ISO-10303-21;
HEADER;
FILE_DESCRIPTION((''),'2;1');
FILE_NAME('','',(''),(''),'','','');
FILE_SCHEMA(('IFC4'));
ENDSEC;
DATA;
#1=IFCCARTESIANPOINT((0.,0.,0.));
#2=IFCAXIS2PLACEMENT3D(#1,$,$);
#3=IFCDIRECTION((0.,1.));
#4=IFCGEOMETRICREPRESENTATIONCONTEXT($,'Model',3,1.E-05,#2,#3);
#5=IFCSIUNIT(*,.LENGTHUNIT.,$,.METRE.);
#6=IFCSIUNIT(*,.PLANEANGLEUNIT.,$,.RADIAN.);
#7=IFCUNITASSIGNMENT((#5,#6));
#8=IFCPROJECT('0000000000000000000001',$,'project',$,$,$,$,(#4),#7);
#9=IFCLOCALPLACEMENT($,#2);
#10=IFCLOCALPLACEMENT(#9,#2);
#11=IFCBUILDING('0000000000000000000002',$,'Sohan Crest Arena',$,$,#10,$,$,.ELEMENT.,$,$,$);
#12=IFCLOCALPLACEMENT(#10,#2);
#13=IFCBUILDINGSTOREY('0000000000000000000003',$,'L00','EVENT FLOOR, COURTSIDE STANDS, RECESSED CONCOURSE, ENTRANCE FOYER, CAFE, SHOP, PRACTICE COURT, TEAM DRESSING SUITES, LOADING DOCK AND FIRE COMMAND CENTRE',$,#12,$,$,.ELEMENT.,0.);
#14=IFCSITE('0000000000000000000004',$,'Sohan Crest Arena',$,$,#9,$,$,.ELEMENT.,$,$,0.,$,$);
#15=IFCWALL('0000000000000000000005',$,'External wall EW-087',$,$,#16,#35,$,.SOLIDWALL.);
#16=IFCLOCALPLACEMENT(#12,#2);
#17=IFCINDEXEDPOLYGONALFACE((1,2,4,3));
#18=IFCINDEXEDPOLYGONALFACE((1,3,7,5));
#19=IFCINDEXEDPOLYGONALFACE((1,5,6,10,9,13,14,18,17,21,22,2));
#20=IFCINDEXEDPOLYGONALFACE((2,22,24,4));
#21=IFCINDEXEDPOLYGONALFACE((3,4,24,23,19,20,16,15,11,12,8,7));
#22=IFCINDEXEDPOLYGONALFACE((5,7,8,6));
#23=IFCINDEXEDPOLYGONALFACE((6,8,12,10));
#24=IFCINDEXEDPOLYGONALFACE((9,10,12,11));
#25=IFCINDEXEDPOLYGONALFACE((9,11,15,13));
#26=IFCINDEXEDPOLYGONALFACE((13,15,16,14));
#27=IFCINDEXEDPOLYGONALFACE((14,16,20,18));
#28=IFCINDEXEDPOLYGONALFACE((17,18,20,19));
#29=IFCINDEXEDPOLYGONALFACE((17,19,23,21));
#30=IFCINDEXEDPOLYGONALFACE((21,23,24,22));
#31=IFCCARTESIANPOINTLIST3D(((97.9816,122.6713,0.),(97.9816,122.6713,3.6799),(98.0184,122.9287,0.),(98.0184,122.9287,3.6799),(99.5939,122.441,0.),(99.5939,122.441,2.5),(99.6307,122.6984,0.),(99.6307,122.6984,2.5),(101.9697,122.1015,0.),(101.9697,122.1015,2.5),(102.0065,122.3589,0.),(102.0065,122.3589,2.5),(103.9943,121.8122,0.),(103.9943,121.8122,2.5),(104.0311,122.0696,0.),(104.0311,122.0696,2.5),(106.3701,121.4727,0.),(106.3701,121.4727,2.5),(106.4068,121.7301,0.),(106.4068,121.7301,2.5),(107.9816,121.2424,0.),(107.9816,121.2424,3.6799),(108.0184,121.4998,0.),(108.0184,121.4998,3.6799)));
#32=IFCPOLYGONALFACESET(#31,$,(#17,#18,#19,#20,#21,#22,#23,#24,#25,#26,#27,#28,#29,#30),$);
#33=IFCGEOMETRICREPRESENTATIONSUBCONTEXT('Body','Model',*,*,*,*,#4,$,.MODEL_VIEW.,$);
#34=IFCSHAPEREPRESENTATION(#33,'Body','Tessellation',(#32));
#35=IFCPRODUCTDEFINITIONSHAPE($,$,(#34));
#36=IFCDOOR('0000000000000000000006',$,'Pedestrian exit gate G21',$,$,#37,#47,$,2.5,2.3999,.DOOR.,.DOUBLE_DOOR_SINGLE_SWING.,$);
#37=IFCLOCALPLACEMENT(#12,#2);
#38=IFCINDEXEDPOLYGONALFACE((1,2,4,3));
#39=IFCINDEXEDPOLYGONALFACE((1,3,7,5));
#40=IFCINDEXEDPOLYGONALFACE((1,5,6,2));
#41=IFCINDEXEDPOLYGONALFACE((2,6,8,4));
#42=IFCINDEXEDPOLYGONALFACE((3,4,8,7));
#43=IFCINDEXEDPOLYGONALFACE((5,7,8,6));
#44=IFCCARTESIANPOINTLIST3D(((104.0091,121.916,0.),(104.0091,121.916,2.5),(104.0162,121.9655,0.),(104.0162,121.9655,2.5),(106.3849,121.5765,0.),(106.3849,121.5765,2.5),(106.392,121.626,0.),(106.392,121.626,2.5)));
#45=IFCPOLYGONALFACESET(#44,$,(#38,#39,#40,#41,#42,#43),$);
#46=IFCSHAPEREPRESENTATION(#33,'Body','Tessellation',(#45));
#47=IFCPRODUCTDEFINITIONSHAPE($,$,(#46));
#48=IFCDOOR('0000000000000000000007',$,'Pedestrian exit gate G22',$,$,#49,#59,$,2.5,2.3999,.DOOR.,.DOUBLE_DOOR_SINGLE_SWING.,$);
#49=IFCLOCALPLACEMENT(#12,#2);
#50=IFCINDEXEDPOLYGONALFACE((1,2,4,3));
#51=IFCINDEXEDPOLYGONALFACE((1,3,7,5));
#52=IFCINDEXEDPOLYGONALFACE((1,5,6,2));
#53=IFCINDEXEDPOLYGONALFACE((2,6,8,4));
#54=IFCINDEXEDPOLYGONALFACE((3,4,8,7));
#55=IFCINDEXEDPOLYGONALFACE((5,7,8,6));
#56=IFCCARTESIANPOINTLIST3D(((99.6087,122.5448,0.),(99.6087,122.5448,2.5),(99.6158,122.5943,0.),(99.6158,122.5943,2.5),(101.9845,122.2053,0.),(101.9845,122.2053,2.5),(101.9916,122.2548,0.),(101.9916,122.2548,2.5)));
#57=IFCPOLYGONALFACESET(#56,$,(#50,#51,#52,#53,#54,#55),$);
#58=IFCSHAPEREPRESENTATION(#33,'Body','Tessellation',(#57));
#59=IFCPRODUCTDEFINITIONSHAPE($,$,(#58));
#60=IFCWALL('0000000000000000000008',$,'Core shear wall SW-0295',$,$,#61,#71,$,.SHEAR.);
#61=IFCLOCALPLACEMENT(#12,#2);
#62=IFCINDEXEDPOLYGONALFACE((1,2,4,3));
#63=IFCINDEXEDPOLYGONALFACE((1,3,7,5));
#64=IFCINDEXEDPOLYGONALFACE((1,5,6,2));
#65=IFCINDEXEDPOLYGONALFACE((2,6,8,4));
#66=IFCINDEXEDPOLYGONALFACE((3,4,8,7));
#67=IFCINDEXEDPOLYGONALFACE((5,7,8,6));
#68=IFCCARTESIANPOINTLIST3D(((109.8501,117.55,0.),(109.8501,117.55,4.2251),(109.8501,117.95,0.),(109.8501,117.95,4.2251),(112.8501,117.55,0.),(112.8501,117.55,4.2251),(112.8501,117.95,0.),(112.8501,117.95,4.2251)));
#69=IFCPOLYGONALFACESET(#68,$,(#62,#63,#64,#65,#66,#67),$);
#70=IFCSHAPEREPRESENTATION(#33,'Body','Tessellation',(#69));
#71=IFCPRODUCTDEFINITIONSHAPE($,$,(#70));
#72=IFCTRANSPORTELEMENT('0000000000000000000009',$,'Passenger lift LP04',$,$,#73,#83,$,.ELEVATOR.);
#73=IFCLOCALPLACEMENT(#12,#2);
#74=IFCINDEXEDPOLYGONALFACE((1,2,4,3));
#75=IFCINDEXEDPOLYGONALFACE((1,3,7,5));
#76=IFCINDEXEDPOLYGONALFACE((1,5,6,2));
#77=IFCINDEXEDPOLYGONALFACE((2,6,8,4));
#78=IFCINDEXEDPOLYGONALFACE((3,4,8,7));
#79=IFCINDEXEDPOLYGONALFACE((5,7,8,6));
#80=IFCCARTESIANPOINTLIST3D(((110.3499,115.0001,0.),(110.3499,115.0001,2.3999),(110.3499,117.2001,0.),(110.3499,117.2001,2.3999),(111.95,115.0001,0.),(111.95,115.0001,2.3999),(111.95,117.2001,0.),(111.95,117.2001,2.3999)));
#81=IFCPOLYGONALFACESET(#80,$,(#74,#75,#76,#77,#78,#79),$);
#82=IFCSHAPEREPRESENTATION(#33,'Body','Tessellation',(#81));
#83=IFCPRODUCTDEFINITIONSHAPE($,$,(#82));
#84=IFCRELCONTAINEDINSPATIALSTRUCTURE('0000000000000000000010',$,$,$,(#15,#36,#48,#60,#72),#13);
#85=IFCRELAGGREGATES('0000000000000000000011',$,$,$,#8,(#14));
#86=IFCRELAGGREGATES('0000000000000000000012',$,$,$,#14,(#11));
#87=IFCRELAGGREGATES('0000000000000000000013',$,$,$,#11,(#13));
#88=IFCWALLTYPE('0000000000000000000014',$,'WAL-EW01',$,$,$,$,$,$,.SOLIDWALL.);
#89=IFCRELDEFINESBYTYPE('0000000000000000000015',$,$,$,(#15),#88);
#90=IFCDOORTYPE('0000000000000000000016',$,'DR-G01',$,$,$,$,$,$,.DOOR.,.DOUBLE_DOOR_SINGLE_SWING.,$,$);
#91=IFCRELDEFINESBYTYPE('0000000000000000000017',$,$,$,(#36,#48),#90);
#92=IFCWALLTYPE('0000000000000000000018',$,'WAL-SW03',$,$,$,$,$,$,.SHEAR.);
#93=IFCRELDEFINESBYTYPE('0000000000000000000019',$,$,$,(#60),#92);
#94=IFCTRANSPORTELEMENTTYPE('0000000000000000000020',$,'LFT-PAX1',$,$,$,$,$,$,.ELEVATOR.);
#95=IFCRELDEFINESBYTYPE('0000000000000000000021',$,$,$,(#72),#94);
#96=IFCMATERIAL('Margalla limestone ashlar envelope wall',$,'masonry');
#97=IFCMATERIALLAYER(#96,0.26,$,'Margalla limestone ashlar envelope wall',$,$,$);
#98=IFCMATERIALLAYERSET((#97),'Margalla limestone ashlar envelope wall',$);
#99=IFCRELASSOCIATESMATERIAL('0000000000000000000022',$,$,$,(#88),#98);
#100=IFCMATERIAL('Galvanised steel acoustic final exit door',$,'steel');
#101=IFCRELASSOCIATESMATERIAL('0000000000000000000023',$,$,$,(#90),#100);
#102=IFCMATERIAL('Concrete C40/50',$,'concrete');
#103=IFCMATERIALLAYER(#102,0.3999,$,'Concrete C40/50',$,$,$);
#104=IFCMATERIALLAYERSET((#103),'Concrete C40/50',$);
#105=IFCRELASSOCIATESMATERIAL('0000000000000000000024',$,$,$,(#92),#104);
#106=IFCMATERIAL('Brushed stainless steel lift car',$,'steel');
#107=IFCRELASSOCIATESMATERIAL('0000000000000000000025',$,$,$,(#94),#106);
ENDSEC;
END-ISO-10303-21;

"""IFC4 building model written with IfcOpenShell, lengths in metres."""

from ifc_helpers import new_model, si_unit, direction, frame, frame_2d, origin, origin_2d, place, context, subcontext, project, spatial, rectangle, extrude, material, layer, layer_set, type_object, element, fill, save


model = new_model("IFC4")

# Units and contexts
model_context = context("Model", 3, precision=1e-05, world=origin(), true_north=direction((0.0, 1.0)))
body_context = subcontext(model_context, "Body", "Model", "MODEL_VIEW")
ifc_project = project(units=[si_unit("LENGTHUNIT", "METRE"), si_unit("PLANEANGLEUNIT", "RADIAN")], contexts=[model_context])

# Site, building, storey
site_placement = place(None, origin())
site = spatial("IfcSite", under=ifc_project, at=site_placement, Name="Sohan Crest Arena", CompositionType="ELEMENT", RefElevation=0.0)
building_placement = place(site_placement, origin())
building = spatial("IfcBuilding", under=site, at=building_placement, Name="Sohan Crest Arena", CompositionType="ELEMENT")
storey_placement = place(building_placement, origin())
storey = spatial("IfcBuildingStorey", under=building, at=storey_placement, Name="L00", Description="EVENT FLOOR, COURTSIDE STANDS, RECESSED CONCOURSE, ENTRANCE FOYER, CAFE, SHOP, PRACTICE COURT, TEAM DRESSING SUITES, LOADING DOCK AND FIRE COMMAND CENTRE", CompositionType="ELEMENT", Elevation=0.0)

# Wall, openings, doors
ifc_material_1 = material(Name="Margalla limestone ashlar envelope wall", Category="masonry")
ifc_layer_1 = layer(ifc_material_1, 0.26, Name="Margalla limestone ashlar envelope wall")
ifc_layer_set_1 = layer_set([ifc_layer_1], Name="Margalla limestone ashlar envelope wall")
wall_type_1 = type_object("IfcWallType", Name="WAL-EW01", PredefinedType="SOLIDWALL", material=ifc_layer_set_1)
wall_1_placement = place(storey_placement, frame((108.0, 121.3711, 0.0), z_axis=(0.0, 0.0, 1.0), x_axis=(-0.989944, 0.141459, 0.0)))
wall_1 = element("IfcWall", 1, at=wall_1_placement, inside=storey, type_object=wall_type_1, Name="External wall EW-087", PredefinedType="SOLIDWALL", context=body_context, shape_type="SweptSolid", body=[
    extrude(rectangle(XDim=10.1016, YDim=0.26, at=frame_2d((5.0508, 0.0))), origin(), (0.0, 0.0, 1.0), 3.6799),
])
opening_1_placement = place(wall_1_placement, frame((1.6279, 0.0, 0.0)))
opening_1 = element("IfcOpeningElement", 2, at=opening_1_placement, cuts=wall_1, PredefinedType="OPENING", context=body_context, shape_type="SweptSolid", body=[
    extrude(rectangle(XDim=2.3999, YDim=2.5, at=frame_2d((1.2, 1.25))), frame((0.0, 0.1399, 0.0), z_axis=(0.0, -1.0, 0.0), x_axis=(1.0, 0.0, 0.0)), (0.0, 0.0, 1.0), 0.28),
])
opening_2_placement = place(wall_1_placement, frame((6.073, 0.0, 0.0)))
opening_2 = element("IfcOpeningElement", 3, at=opening_2_placement, cuts=wall_1, PredefinedType="OPENING", context=body_context, shape_type="SweptSolid", body=[
    extrude(rectangle(XDim=2.3999, YDim=2.5, at=frame_2d((1.2, 1.25))), frame((0.0, 0.1399, 0.0), z_axis=(0.0, -1.0, 0.0), x_axis=(1.0, 0.0, 0.0)), (0.0, 0.0, 1.0), 0.28),
])
ifc_material_2 = material(Name="Galvanised steel acoustic final exit door", Category="steel")
door_type = type_object("IfcDoorType", Name="DR-G01", OperationType="DOUBLE_DOOR_SINGLE_SWING", PredefinedType="DOOR", material=ifc_material_2)
door_1_placement = place(opening_1_placement, frame((2.3999, 0.0, 0.0), z_axis=(0.0, 0.0, 1.0), x_axis=(-1.0, 0.0, 0.0)))
door_1 = element("IfcDoor", 4, at=door_1_placement, inside=storey, type_object=door_type, Name="Pedestrian exit gate G21", OperationType="DOUBLE_DOOR_SINGLE_SWING", OverallHeight=2.5, OverallWidth=2.3999, PredefinedType="DOOR", context=body_context, shape_type="SweptSolid", body=[
    extrude(rectangle(XDim=2.3999, YDim=2.5, at=frame_2d((1.2, 1.25))), frame((0.0, 0.0249, 0.0), z_axis=(0.0, -1.0, 0.0), x_axis=(1.0, 0.0, 0.0)), (0.0, 0.0, 1.0), 0.05),
])
fill(opening_1, door_1)
door_2_placement = place(opening_2_placement, frame((2.3999, 0.0, 0.0), z_axis=(0.0, 0.0, 1.0), x_axis=(-1.0, 0.0, 0.0)))
door_2 = element("IfcDoor", 5, at=door_2_placement, inside=storey, type_object=door_type, Name="Pedestrian exit gate G22", OperationType="DOUBLE_DOOR_SINGLE_SWING", OverallHeight=2.5, OverallWidth=2.3999, PredefinedType="DOOR", context=body_context, shape_type="SweptSolid", body=[
    extrude(rectangle(XDim=2.3999, YDim=2.5, at=frame_2d((1.2, 1.25))), frame((0.0, 0.0249, 0.0), z_axis=(0.0, -1.0, 0.0), x_axis=(1.0, 0.0, 0.0)), (0.0, 0.0, 1.0), 0.05),
])
fill(opening_2, door_2)

# Wall
ifc_material_3 = material(Name="Concrete C40/50", Category="concrete")
ifc_layer_2 = layer(ifc_material_3, 0.3999, Name="Concrete C40/50")
ifc_layer_set_2 = layer_set([ifc_layer_2], Name="Concrete C40/50")
wall_type_2 = type_object("IfcWallType", Name="WAL-SW03", PredefinedType="SHEAR", material=ifc_layer_set_2)
wall_2_placement = place(storey_placement, frame((109.8501, 117.75, 0.0), z_axis=(0.0, 0.0, 1.0), x_axis=(1.0, 0.0, 0.0)))
element("IfcWall", 6, at=wall_2_placement, inside=storey, type_object=wall_type_2, Name="Core shear wall SW-0295", PredefinedType="SHEAR", context=body_context, shape_type="SweptSolid", body=[
    extrude(rectangle(XDim=3.0, YDim=0.3999, at=frame_2d((1.5, 0.0))), origin(), (0.0, 0.0, 1.0), 4.2251),
])

# Transport element
ifc_material_4 = material(Name="Brushed stainless steel lift car", Category="steel")
transport_element_type = type_object("IfcTransportElementType", Name="LFT-PAX1", PredefinedType="ELEVATOR", material=ifc_material_4)
transport_element_placement = place(storey_placement, frame((111.1499, 116.1001, 0.0), z_axis=(0.0, 0.0, 1.0), x_axis=(1.0, 0.0, 0.0)))
element("IfcTransportElement", 7, at=transport_element_placement, inside=storey, type_object=transport_element_type, Name="Passenger lift LP04", PredefinedType="ELEVATOR", context=body_context, shape_type="SweptSolid", body=[
    extrude(rectangle(XDim=1.6001, YDim=2.2, at=origin_2d()), origin(), (0.0, 0.0, 1.0), 2.3999),
])

save(model, "model.ifc")
